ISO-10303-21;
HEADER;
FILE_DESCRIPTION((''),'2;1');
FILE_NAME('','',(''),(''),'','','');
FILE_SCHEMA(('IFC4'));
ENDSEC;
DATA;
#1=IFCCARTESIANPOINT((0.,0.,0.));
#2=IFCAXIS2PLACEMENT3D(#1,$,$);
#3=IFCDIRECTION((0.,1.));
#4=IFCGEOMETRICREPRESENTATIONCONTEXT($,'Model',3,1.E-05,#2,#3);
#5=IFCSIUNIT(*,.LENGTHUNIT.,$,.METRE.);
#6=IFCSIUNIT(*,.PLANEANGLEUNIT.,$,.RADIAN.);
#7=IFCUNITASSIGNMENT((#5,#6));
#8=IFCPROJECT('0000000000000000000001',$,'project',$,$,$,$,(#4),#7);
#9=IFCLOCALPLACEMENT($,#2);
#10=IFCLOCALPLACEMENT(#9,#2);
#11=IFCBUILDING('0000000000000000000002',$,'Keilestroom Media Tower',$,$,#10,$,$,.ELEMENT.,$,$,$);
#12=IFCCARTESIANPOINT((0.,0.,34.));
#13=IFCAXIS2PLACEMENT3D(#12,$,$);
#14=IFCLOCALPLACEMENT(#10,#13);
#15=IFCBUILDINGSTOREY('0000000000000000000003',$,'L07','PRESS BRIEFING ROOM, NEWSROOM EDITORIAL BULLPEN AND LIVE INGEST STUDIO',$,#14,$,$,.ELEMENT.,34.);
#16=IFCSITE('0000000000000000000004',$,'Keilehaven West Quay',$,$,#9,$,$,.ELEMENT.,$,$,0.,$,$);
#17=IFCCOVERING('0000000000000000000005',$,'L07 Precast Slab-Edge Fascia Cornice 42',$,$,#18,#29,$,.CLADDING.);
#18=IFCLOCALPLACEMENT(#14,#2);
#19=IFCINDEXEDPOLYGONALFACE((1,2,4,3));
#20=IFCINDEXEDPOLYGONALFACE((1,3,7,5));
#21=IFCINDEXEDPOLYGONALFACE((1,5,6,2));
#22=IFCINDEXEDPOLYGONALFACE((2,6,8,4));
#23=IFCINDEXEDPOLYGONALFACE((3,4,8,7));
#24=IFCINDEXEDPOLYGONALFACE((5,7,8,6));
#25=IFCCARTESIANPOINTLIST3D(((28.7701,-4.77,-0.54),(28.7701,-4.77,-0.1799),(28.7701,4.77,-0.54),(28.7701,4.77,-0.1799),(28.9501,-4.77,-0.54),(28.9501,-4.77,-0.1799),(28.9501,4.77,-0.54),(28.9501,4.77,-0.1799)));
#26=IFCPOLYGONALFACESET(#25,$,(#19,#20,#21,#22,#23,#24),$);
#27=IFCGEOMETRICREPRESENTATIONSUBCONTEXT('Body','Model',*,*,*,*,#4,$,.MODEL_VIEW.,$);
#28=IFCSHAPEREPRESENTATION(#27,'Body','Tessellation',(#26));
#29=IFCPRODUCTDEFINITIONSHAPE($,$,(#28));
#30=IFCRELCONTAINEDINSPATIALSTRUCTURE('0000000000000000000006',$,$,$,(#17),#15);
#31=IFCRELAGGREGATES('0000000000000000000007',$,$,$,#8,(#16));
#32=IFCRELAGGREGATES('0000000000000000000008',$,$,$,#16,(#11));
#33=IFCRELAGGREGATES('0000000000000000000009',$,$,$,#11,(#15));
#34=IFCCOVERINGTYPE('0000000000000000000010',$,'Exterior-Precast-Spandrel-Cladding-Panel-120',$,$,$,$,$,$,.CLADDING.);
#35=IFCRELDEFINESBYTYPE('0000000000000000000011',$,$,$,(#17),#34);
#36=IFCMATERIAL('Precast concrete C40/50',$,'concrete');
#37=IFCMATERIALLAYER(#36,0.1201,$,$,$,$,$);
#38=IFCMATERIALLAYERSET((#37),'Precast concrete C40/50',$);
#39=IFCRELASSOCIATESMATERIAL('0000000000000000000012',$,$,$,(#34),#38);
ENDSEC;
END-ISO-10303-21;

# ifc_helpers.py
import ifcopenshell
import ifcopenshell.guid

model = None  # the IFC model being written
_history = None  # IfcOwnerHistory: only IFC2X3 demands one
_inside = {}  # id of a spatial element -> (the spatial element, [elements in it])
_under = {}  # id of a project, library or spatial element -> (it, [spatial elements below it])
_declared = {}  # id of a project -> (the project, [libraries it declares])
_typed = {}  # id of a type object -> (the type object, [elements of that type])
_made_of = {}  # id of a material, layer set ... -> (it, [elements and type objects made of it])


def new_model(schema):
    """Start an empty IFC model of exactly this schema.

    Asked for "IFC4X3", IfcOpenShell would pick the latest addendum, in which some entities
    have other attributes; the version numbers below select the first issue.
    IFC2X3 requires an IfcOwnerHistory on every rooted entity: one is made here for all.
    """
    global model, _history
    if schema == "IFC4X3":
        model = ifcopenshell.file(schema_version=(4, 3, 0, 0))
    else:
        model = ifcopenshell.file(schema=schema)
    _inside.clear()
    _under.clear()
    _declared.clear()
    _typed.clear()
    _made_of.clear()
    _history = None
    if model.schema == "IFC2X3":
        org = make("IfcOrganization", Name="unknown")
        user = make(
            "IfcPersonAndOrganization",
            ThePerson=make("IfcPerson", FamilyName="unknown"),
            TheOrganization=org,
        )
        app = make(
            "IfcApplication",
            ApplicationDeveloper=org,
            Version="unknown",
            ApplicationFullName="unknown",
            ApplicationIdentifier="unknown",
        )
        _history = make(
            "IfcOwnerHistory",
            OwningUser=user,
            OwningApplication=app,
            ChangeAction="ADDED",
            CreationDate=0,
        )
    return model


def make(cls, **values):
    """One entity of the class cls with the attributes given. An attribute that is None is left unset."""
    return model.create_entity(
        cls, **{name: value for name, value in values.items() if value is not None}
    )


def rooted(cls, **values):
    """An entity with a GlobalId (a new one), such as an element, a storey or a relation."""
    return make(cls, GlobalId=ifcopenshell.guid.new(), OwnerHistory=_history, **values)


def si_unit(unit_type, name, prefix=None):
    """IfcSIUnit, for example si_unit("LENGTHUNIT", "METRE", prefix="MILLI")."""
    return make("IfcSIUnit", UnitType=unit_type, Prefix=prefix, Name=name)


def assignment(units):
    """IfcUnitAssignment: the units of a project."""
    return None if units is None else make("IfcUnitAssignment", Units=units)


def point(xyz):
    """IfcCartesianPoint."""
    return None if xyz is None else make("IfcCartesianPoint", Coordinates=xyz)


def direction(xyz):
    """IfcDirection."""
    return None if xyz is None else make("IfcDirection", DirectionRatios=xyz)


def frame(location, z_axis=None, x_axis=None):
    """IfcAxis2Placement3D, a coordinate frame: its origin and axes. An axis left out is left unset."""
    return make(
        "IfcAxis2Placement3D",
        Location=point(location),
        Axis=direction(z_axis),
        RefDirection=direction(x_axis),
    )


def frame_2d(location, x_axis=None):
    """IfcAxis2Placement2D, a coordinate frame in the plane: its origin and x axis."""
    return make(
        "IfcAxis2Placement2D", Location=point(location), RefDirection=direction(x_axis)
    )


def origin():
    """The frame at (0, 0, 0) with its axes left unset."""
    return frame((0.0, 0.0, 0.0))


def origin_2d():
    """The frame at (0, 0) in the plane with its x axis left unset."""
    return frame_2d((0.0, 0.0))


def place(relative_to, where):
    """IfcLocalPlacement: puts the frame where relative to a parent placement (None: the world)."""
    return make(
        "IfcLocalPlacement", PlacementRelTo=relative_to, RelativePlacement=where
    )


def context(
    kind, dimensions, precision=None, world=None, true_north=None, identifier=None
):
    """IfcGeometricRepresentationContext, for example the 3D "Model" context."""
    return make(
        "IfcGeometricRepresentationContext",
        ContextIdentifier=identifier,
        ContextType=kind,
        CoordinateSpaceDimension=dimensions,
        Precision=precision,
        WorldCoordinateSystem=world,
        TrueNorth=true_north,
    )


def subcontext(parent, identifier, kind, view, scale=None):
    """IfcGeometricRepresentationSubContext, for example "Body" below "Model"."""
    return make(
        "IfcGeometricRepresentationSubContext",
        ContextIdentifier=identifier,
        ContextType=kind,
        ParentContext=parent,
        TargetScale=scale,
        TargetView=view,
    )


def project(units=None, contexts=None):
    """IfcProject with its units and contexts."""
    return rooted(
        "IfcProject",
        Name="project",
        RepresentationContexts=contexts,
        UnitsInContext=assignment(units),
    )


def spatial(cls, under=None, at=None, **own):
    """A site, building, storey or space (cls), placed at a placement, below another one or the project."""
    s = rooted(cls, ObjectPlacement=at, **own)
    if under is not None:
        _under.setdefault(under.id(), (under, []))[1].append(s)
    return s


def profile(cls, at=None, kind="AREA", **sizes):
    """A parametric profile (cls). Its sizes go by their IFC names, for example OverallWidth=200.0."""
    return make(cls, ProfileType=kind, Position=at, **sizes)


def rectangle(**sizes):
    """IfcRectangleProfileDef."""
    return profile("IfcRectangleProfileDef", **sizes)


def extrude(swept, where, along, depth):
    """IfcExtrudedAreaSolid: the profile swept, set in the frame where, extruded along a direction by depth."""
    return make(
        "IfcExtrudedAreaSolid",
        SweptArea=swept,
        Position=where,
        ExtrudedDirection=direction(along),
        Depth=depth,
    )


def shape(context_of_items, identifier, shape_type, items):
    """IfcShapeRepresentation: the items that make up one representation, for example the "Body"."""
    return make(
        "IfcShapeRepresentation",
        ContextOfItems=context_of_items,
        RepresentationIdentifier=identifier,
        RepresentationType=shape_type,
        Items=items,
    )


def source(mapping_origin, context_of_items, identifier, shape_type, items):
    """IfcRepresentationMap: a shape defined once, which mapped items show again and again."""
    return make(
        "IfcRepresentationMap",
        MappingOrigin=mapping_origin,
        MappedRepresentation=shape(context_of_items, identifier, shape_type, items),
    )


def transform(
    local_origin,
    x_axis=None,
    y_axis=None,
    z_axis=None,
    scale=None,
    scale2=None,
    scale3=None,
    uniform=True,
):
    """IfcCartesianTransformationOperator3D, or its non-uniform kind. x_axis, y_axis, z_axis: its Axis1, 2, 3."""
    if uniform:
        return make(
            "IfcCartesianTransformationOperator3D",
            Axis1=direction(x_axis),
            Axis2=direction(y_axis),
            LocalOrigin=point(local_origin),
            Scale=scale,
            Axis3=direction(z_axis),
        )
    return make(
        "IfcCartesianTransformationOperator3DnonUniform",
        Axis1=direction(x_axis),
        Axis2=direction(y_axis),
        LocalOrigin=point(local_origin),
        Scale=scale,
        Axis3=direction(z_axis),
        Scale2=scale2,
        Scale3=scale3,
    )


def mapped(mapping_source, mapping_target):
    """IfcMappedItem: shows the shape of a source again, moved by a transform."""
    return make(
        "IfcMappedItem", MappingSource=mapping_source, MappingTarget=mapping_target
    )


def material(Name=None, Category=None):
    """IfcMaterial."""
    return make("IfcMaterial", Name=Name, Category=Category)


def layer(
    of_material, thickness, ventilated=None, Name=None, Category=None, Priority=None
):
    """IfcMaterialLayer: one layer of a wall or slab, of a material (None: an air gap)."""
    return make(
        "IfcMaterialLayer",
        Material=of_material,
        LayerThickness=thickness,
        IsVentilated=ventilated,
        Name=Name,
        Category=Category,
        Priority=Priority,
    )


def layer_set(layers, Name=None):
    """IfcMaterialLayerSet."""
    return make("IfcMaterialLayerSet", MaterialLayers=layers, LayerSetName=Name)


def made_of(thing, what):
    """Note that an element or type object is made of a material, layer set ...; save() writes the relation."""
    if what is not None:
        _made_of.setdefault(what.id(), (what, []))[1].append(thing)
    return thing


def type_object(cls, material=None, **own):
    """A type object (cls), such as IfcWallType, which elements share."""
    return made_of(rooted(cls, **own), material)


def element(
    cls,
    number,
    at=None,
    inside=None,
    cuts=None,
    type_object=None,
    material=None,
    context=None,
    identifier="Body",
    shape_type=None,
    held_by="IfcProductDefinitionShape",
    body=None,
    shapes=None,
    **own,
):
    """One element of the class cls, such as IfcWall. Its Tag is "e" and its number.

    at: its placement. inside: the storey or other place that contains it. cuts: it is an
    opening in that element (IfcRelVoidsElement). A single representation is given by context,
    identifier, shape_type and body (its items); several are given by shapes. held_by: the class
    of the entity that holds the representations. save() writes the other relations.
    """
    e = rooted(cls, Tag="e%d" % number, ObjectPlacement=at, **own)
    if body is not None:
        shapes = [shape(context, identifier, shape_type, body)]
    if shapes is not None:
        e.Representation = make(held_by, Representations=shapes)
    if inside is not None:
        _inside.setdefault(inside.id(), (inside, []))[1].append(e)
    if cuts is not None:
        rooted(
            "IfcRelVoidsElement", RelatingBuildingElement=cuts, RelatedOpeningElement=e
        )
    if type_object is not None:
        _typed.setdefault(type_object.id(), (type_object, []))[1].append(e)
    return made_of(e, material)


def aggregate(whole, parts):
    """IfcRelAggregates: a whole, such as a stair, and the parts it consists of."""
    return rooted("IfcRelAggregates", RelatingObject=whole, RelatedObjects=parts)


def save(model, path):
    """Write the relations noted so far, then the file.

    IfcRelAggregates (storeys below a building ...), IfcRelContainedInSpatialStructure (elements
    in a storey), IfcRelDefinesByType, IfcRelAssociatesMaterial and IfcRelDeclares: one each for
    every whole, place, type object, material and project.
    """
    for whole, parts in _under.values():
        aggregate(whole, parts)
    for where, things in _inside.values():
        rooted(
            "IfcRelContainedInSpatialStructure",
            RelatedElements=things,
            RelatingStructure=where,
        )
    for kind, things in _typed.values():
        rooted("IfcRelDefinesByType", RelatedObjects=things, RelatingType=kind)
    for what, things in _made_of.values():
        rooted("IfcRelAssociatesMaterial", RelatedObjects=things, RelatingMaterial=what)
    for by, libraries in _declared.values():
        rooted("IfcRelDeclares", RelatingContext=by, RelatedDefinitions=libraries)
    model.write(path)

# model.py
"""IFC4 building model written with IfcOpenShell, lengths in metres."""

from ifc_helpers import new_model, si_unit, direction, frame, origin, origin_2d, place, context, subcontext, project, spatial, rectangle, extrude, source, transform, mapped, material, layer, layer_set, type_object, element, save


model = new_model("IFC4")

# Units and contexts
model_context = context("Model", 3, precision=1e-05, world=origin(), true_north=direction((0.0, 1.0)))
body_context = subcontext(model_context, "Body", "Model", "MODEL_VIEW")
ifc_project = project(units=[si_unit("LENGTHUNIT", "METRE"), si_unit("PLANEANGLEUNIT", "RADIAN")], contexts=[model_context])

# Site, building, storey
site_placement = place(None, origin())
site = spatial("IfcSite", under=ifc_project, at=site_placement, Name="Keilehaven West Quay", CompositionType="ELEMENT", RefElevation=0.0)
building_placement = place(site_placement, origin())
building = spatial("IfcBuilding", under=site, at=building_placement, Name="Keilestroom Media Tower", CompositionType="ELEMENT")
storey_placement = place(building_placement, frame((0.0, 0.0, 34.0)))
storey = spatial("IfcBuildingStorey", under=building, at=storey_placement, Name="L07", Description="PRESS BRIEFING ROOM, NEWSROOM EDITORIAL BULLPEN AND LIVE INGEST STUDIO", CompositionType="ELEMENT", Elevation=34.0)

# Shared definitions
ifc_material_1 = material(Name="Precast concrete C40/50", Category="concrete")

# Covering
ifc_layer_1 = layer(ifc_material_1, 0.1201)
ifc_layer_set_1 = layer_set([ifc_layer_1], Name="Precast concrete C40/50")
covering_type = type_object("IfcCoveringType", Name="Exterior-Precast-Spandrel-Cladding-Panel-120", PredefinedType="CLADDING", material=ifc_layer_set_1)
shared_shape_1 = source(origin(), body_context, "Body", "SweptSolid", [
    extrude(rectangle(XDim=9.54, YDim=0.1799, at=origin_2d()), origin(), (0.0, 0.0, 1.0), 0.3601),
])
covering_placement = place(storey_placement, frame((28.8601, 0.0, -0.54), z_axis=(0.0, 0.0, 1.0), x_axis=(0.0, -1.0, 0.0)))
element("IfcCovering", 1, at=covering_placement, inside=storey, type_object=covering_type, Name="L07 Precast Slab-Edge Fascia Cornice 42", PredefinedType="CLADDING", context=body_context, shape_type="MappedRepresentation", body=[
    mapped(shared_shape_1, transform((0.0, 0.0, 0.0), x_axis=(1.0, 0.0, 0.0), y_axis=(0.0, 1.0, 0.0), z_axis=(0.0, 0.0, 1.0), scale=1.0)),
])

save(model, "model.ifc")
